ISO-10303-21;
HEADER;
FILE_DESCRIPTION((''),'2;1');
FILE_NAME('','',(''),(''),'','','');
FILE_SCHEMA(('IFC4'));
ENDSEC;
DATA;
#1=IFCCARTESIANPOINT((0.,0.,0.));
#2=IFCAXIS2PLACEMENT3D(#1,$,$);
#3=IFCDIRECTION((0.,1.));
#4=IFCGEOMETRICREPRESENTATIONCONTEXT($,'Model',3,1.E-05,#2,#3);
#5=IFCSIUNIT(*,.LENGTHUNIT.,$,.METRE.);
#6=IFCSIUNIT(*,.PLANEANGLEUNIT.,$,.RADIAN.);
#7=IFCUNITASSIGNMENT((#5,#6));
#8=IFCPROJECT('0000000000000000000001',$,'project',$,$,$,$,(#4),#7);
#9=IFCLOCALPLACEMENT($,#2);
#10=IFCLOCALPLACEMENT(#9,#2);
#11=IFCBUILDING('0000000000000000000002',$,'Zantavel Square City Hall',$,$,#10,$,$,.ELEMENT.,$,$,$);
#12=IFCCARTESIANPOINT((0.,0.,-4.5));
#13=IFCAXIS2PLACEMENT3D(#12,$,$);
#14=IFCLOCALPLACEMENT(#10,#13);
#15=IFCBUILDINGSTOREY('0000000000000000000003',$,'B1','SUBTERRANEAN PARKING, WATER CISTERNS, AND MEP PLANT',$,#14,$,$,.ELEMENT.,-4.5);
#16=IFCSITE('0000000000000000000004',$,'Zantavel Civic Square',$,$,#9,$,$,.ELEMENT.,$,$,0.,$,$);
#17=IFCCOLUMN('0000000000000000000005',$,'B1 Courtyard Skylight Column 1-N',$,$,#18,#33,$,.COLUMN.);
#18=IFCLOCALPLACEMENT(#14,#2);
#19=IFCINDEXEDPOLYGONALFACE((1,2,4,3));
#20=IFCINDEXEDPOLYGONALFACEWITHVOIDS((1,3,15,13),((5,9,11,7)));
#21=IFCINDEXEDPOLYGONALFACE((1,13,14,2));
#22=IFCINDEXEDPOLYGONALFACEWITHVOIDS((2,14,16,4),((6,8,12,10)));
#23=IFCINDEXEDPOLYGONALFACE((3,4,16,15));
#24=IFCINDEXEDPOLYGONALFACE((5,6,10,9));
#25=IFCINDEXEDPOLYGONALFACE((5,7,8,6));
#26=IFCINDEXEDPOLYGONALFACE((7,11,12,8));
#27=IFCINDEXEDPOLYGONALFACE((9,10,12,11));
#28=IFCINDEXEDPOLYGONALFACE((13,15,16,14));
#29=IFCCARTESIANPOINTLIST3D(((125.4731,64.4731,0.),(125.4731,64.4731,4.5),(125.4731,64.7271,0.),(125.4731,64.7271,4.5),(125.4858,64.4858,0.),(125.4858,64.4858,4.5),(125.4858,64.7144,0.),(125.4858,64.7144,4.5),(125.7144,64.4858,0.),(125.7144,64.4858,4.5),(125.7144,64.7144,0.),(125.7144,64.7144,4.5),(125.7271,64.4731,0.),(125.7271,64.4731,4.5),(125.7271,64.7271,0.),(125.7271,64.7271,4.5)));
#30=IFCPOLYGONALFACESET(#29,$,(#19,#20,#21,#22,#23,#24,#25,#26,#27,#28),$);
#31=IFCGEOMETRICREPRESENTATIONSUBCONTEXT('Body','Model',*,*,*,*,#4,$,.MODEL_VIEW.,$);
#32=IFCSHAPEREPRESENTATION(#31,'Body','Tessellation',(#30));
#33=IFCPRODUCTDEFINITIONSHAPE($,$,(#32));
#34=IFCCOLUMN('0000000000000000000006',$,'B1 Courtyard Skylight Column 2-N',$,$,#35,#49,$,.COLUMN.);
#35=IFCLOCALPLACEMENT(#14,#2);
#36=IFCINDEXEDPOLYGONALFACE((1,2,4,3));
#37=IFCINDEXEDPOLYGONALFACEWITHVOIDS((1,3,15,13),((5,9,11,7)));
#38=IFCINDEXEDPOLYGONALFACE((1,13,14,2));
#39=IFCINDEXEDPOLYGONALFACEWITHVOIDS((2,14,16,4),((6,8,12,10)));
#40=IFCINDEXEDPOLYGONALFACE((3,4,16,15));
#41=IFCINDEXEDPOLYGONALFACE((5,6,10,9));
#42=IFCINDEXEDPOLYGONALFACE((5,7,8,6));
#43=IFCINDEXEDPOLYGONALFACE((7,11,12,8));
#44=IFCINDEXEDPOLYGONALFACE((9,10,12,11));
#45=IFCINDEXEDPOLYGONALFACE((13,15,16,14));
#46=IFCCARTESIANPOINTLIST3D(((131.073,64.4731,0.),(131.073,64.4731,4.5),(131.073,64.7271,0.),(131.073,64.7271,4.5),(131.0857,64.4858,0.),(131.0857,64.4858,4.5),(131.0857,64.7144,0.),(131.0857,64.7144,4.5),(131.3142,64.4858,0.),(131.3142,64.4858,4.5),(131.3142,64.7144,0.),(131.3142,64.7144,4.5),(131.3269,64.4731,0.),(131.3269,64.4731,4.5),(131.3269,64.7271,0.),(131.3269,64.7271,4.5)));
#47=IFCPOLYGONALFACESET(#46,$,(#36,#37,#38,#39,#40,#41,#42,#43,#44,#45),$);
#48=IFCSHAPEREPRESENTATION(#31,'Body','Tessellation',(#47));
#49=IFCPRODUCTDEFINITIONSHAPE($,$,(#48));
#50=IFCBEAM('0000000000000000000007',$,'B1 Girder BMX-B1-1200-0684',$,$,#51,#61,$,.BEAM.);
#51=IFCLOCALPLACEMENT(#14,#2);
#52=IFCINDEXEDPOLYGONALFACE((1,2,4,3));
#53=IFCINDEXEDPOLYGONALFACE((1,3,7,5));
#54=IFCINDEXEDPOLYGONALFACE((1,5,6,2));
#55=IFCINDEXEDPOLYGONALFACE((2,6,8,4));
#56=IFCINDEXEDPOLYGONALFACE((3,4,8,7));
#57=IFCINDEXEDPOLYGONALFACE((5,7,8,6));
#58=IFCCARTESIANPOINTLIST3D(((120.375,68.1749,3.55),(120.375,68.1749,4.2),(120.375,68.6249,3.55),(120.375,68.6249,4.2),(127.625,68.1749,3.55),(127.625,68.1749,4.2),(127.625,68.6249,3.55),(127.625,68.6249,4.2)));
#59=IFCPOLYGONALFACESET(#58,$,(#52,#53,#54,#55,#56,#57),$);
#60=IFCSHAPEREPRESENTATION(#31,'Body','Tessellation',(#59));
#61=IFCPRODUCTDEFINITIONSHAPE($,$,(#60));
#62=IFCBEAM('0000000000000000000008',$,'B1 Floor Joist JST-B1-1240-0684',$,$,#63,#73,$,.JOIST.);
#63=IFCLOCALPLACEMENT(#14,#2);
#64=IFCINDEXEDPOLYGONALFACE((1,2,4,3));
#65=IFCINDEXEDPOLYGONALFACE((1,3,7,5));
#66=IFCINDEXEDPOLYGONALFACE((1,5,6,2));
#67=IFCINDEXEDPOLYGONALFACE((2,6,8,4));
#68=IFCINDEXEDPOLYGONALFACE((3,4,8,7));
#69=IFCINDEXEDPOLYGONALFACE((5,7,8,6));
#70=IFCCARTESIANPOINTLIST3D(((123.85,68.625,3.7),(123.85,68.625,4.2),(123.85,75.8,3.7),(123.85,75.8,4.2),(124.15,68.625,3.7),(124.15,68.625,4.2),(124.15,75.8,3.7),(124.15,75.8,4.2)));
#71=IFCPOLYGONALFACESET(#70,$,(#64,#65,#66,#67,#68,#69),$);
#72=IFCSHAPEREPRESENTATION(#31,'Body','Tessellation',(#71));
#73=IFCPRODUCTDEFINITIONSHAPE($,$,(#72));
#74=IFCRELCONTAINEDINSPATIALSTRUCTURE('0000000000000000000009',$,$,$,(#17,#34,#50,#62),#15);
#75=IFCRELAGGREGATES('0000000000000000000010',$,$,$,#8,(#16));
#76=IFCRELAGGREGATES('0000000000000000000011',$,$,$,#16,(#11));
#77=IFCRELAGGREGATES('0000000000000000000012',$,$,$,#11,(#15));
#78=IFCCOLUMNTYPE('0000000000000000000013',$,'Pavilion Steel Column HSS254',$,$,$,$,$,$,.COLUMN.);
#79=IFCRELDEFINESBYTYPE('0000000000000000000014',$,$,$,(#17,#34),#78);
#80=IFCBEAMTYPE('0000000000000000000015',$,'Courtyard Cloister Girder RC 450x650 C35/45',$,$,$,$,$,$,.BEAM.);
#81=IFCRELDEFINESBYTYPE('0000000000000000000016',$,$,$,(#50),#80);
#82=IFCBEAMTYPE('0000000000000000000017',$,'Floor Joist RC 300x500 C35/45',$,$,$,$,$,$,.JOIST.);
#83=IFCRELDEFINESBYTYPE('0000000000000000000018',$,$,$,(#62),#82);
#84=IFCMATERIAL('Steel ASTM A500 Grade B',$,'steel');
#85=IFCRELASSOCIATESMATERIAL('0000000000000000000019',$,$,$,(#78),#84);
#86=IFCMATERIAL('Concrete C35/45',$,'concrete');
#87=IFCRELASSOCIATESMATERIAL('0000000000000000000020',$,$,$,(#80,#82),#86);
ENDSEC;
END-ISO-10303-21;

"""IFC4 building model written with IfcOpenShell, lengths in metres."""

from ifc_helpers import new_model, si_unit, direction, frame, origin, origin_2d, place, context, subcontext, project, spatial, rectangle, hollow_rectangle, extrude, material, material_profile, profile_set, type_object, element, save


model = new_model("IFC4")

# Units and contexts
model_context = context("Model", 3, precision=1e-05, world=origin(), true_north=direction((0.0, 1.0)))
body_context = subcontext(model_context, "Body", "Model", "MODEL_VIEW")
ifc_project = project(units=[si_unit("LENGTHUNIT", "METRE"), si_unit("PLANEANGLEUNIT", "RADIAN")], contexts=[model_context])

# Site, building, storey
site_placement = place(None, origin())
site = spatial("IfcSite", under=ifc_project, at=site_placement, Name="Zantavel Civic Square", CompositionType="ELEMENT", RefElevation=0.0)
building_placement = place(site_placement, origin())
building = spatial("IfcBuilding", under=site, at=building_placement, Name="Zantavel Square City Hall", CompositionType="ELEMENT")
storey_placement = place(building_placement, frame((0.0, 0.0, -4.5)))
storey = spatial("IfcBuildingStorey", under=building, at=storey_placement, Name="B1", Description="SUBTERRANEAN PARKING, WATER CISTERNS, AND MEP PLANT", CompositionType="ELEMENT", Elevation=-4.5)

# Shared definitions
ifc_material_1 = material(Name="Concrete C35/45", Category="concrete")

# Columns
ifc_material_2 = material(Name="Steel ASTM A500 Grade B", Category="steel")
ifc_material_profile_1 = material_profile(ifc_material_2, hollow_rectangle(XDim=0.2539, YDim=0.2539, WallThickness=0.0127, at=origin_2d()), Name="HSS 254x254x12.7")
ifc_profile_set_1 = profile_set([ifc_material_profile_1], Name="Steel ASTM A500 Grade B")
column_type_1 = type_object("IfcColumnType", Name="Pavilion Steel Column HSS254", PredefinedType="COLUMN", material=ifc_profile_set_1)
for number, where, z_axis, x_axis, name in (
    (1, (125.6001, 64.6001, 0.0), (0.0, 0.0, 1.0), (1.0, 0.0, 0.0), "B1 Courtyard Skylight Column 1-N"),
    (2, (131.2, 64.6001, 0.0), (0.0, 0.0, 1.0), (1.0, 0.0, 0.0), "B1 Courtyard Skylight Column 2-N"),
):
    element("IfcColumn", number, at=place(storey_placement, frame(where, z_axis=z_axis, x_axis=x_axis)), inside=storey, type_object=column_type_1, Name=name, PredefinedType="COLUMN", context=body_context, shape_type="SweptSolid", body=[
        extrude(hollow_rectangle(XDim=0.2539, YDim=0.2539, WallThickness=0.0127, at=origin_2d()), origin(), (0.0, 0.0, 1.0), 4.5),
    ])

# Beams
ifc_material_profile_2 = material_profile(ifc_material_1, rectangle(XDim=0.45, YDim=0.6499, at=origin_2d()), Name="RC 450x650")
ifc_profile_set_2 = profile_set([ifc_material_profile_2], Name="Concrete C35/45")
beam_type_1 = type_object("IfcBeamType", Name="Courtyard Cloister Girder RC 450x650 C35/45", PredefinedType="BEAM", material=ifc_profile_set_2)
beam_1_placement = place(storey_placement, frame((120.375, 68.3999, 3.875), z_axis=(1.0, 0.0, 0.0), x_axis=(0.0, 1.0, 0.0)))
element("IfcBeam", 3, at=beam_1_placement, inside=storey, type_object=beam_type_1, Name="B1 Girder BMX-B1-1200-0684", PredefinedType="BEAM", context=body_context, shape_type="SweptSolid", body=[
    extrude(rectangle(XDim=0.45, YDim=0.6499, at=origin_2d()), origin(), (0.0, 0.0, 1.0), 7.25),
])
ifc_material_profile_3 = material_profile(ifc_material_1, rectangle(XDim=0.3, YDim=0.5, at=origin_2d()), Name="RC 300x500")
ifc_profile_set_3 = profile_set([ifc_material_profile_3], Name="Concrete C35/45")
beam_type_2 = type_object("IfcBeamType", Name="Floor Joist RC 300x500 C35/45", PredefinedType="JOIST", material=ifc_profile_set_3)
beam_2_placement = place(storey_placement, frame((124.0, 68.625, 3.95), z_axis=(0.0, 1.0, 0.0), x_axis=(-1.0, 0.0, 0.0)))
element("IfcBeam", 4, at=beam_2_placement, inside=storey, type_object=beam_type_2, Name="B1 Floor Joist JST-B1-1240-0684", PredefinedType="JOIST", context=body_context, shape_type="SweptSolid", body=[
    extrude(rectangle(XDim=0.3, YDim=0.5, at=origin_2d()), origin(), (0.0, 0.0, 1.0), 7.175),
])

save(model, "model.ifc")
